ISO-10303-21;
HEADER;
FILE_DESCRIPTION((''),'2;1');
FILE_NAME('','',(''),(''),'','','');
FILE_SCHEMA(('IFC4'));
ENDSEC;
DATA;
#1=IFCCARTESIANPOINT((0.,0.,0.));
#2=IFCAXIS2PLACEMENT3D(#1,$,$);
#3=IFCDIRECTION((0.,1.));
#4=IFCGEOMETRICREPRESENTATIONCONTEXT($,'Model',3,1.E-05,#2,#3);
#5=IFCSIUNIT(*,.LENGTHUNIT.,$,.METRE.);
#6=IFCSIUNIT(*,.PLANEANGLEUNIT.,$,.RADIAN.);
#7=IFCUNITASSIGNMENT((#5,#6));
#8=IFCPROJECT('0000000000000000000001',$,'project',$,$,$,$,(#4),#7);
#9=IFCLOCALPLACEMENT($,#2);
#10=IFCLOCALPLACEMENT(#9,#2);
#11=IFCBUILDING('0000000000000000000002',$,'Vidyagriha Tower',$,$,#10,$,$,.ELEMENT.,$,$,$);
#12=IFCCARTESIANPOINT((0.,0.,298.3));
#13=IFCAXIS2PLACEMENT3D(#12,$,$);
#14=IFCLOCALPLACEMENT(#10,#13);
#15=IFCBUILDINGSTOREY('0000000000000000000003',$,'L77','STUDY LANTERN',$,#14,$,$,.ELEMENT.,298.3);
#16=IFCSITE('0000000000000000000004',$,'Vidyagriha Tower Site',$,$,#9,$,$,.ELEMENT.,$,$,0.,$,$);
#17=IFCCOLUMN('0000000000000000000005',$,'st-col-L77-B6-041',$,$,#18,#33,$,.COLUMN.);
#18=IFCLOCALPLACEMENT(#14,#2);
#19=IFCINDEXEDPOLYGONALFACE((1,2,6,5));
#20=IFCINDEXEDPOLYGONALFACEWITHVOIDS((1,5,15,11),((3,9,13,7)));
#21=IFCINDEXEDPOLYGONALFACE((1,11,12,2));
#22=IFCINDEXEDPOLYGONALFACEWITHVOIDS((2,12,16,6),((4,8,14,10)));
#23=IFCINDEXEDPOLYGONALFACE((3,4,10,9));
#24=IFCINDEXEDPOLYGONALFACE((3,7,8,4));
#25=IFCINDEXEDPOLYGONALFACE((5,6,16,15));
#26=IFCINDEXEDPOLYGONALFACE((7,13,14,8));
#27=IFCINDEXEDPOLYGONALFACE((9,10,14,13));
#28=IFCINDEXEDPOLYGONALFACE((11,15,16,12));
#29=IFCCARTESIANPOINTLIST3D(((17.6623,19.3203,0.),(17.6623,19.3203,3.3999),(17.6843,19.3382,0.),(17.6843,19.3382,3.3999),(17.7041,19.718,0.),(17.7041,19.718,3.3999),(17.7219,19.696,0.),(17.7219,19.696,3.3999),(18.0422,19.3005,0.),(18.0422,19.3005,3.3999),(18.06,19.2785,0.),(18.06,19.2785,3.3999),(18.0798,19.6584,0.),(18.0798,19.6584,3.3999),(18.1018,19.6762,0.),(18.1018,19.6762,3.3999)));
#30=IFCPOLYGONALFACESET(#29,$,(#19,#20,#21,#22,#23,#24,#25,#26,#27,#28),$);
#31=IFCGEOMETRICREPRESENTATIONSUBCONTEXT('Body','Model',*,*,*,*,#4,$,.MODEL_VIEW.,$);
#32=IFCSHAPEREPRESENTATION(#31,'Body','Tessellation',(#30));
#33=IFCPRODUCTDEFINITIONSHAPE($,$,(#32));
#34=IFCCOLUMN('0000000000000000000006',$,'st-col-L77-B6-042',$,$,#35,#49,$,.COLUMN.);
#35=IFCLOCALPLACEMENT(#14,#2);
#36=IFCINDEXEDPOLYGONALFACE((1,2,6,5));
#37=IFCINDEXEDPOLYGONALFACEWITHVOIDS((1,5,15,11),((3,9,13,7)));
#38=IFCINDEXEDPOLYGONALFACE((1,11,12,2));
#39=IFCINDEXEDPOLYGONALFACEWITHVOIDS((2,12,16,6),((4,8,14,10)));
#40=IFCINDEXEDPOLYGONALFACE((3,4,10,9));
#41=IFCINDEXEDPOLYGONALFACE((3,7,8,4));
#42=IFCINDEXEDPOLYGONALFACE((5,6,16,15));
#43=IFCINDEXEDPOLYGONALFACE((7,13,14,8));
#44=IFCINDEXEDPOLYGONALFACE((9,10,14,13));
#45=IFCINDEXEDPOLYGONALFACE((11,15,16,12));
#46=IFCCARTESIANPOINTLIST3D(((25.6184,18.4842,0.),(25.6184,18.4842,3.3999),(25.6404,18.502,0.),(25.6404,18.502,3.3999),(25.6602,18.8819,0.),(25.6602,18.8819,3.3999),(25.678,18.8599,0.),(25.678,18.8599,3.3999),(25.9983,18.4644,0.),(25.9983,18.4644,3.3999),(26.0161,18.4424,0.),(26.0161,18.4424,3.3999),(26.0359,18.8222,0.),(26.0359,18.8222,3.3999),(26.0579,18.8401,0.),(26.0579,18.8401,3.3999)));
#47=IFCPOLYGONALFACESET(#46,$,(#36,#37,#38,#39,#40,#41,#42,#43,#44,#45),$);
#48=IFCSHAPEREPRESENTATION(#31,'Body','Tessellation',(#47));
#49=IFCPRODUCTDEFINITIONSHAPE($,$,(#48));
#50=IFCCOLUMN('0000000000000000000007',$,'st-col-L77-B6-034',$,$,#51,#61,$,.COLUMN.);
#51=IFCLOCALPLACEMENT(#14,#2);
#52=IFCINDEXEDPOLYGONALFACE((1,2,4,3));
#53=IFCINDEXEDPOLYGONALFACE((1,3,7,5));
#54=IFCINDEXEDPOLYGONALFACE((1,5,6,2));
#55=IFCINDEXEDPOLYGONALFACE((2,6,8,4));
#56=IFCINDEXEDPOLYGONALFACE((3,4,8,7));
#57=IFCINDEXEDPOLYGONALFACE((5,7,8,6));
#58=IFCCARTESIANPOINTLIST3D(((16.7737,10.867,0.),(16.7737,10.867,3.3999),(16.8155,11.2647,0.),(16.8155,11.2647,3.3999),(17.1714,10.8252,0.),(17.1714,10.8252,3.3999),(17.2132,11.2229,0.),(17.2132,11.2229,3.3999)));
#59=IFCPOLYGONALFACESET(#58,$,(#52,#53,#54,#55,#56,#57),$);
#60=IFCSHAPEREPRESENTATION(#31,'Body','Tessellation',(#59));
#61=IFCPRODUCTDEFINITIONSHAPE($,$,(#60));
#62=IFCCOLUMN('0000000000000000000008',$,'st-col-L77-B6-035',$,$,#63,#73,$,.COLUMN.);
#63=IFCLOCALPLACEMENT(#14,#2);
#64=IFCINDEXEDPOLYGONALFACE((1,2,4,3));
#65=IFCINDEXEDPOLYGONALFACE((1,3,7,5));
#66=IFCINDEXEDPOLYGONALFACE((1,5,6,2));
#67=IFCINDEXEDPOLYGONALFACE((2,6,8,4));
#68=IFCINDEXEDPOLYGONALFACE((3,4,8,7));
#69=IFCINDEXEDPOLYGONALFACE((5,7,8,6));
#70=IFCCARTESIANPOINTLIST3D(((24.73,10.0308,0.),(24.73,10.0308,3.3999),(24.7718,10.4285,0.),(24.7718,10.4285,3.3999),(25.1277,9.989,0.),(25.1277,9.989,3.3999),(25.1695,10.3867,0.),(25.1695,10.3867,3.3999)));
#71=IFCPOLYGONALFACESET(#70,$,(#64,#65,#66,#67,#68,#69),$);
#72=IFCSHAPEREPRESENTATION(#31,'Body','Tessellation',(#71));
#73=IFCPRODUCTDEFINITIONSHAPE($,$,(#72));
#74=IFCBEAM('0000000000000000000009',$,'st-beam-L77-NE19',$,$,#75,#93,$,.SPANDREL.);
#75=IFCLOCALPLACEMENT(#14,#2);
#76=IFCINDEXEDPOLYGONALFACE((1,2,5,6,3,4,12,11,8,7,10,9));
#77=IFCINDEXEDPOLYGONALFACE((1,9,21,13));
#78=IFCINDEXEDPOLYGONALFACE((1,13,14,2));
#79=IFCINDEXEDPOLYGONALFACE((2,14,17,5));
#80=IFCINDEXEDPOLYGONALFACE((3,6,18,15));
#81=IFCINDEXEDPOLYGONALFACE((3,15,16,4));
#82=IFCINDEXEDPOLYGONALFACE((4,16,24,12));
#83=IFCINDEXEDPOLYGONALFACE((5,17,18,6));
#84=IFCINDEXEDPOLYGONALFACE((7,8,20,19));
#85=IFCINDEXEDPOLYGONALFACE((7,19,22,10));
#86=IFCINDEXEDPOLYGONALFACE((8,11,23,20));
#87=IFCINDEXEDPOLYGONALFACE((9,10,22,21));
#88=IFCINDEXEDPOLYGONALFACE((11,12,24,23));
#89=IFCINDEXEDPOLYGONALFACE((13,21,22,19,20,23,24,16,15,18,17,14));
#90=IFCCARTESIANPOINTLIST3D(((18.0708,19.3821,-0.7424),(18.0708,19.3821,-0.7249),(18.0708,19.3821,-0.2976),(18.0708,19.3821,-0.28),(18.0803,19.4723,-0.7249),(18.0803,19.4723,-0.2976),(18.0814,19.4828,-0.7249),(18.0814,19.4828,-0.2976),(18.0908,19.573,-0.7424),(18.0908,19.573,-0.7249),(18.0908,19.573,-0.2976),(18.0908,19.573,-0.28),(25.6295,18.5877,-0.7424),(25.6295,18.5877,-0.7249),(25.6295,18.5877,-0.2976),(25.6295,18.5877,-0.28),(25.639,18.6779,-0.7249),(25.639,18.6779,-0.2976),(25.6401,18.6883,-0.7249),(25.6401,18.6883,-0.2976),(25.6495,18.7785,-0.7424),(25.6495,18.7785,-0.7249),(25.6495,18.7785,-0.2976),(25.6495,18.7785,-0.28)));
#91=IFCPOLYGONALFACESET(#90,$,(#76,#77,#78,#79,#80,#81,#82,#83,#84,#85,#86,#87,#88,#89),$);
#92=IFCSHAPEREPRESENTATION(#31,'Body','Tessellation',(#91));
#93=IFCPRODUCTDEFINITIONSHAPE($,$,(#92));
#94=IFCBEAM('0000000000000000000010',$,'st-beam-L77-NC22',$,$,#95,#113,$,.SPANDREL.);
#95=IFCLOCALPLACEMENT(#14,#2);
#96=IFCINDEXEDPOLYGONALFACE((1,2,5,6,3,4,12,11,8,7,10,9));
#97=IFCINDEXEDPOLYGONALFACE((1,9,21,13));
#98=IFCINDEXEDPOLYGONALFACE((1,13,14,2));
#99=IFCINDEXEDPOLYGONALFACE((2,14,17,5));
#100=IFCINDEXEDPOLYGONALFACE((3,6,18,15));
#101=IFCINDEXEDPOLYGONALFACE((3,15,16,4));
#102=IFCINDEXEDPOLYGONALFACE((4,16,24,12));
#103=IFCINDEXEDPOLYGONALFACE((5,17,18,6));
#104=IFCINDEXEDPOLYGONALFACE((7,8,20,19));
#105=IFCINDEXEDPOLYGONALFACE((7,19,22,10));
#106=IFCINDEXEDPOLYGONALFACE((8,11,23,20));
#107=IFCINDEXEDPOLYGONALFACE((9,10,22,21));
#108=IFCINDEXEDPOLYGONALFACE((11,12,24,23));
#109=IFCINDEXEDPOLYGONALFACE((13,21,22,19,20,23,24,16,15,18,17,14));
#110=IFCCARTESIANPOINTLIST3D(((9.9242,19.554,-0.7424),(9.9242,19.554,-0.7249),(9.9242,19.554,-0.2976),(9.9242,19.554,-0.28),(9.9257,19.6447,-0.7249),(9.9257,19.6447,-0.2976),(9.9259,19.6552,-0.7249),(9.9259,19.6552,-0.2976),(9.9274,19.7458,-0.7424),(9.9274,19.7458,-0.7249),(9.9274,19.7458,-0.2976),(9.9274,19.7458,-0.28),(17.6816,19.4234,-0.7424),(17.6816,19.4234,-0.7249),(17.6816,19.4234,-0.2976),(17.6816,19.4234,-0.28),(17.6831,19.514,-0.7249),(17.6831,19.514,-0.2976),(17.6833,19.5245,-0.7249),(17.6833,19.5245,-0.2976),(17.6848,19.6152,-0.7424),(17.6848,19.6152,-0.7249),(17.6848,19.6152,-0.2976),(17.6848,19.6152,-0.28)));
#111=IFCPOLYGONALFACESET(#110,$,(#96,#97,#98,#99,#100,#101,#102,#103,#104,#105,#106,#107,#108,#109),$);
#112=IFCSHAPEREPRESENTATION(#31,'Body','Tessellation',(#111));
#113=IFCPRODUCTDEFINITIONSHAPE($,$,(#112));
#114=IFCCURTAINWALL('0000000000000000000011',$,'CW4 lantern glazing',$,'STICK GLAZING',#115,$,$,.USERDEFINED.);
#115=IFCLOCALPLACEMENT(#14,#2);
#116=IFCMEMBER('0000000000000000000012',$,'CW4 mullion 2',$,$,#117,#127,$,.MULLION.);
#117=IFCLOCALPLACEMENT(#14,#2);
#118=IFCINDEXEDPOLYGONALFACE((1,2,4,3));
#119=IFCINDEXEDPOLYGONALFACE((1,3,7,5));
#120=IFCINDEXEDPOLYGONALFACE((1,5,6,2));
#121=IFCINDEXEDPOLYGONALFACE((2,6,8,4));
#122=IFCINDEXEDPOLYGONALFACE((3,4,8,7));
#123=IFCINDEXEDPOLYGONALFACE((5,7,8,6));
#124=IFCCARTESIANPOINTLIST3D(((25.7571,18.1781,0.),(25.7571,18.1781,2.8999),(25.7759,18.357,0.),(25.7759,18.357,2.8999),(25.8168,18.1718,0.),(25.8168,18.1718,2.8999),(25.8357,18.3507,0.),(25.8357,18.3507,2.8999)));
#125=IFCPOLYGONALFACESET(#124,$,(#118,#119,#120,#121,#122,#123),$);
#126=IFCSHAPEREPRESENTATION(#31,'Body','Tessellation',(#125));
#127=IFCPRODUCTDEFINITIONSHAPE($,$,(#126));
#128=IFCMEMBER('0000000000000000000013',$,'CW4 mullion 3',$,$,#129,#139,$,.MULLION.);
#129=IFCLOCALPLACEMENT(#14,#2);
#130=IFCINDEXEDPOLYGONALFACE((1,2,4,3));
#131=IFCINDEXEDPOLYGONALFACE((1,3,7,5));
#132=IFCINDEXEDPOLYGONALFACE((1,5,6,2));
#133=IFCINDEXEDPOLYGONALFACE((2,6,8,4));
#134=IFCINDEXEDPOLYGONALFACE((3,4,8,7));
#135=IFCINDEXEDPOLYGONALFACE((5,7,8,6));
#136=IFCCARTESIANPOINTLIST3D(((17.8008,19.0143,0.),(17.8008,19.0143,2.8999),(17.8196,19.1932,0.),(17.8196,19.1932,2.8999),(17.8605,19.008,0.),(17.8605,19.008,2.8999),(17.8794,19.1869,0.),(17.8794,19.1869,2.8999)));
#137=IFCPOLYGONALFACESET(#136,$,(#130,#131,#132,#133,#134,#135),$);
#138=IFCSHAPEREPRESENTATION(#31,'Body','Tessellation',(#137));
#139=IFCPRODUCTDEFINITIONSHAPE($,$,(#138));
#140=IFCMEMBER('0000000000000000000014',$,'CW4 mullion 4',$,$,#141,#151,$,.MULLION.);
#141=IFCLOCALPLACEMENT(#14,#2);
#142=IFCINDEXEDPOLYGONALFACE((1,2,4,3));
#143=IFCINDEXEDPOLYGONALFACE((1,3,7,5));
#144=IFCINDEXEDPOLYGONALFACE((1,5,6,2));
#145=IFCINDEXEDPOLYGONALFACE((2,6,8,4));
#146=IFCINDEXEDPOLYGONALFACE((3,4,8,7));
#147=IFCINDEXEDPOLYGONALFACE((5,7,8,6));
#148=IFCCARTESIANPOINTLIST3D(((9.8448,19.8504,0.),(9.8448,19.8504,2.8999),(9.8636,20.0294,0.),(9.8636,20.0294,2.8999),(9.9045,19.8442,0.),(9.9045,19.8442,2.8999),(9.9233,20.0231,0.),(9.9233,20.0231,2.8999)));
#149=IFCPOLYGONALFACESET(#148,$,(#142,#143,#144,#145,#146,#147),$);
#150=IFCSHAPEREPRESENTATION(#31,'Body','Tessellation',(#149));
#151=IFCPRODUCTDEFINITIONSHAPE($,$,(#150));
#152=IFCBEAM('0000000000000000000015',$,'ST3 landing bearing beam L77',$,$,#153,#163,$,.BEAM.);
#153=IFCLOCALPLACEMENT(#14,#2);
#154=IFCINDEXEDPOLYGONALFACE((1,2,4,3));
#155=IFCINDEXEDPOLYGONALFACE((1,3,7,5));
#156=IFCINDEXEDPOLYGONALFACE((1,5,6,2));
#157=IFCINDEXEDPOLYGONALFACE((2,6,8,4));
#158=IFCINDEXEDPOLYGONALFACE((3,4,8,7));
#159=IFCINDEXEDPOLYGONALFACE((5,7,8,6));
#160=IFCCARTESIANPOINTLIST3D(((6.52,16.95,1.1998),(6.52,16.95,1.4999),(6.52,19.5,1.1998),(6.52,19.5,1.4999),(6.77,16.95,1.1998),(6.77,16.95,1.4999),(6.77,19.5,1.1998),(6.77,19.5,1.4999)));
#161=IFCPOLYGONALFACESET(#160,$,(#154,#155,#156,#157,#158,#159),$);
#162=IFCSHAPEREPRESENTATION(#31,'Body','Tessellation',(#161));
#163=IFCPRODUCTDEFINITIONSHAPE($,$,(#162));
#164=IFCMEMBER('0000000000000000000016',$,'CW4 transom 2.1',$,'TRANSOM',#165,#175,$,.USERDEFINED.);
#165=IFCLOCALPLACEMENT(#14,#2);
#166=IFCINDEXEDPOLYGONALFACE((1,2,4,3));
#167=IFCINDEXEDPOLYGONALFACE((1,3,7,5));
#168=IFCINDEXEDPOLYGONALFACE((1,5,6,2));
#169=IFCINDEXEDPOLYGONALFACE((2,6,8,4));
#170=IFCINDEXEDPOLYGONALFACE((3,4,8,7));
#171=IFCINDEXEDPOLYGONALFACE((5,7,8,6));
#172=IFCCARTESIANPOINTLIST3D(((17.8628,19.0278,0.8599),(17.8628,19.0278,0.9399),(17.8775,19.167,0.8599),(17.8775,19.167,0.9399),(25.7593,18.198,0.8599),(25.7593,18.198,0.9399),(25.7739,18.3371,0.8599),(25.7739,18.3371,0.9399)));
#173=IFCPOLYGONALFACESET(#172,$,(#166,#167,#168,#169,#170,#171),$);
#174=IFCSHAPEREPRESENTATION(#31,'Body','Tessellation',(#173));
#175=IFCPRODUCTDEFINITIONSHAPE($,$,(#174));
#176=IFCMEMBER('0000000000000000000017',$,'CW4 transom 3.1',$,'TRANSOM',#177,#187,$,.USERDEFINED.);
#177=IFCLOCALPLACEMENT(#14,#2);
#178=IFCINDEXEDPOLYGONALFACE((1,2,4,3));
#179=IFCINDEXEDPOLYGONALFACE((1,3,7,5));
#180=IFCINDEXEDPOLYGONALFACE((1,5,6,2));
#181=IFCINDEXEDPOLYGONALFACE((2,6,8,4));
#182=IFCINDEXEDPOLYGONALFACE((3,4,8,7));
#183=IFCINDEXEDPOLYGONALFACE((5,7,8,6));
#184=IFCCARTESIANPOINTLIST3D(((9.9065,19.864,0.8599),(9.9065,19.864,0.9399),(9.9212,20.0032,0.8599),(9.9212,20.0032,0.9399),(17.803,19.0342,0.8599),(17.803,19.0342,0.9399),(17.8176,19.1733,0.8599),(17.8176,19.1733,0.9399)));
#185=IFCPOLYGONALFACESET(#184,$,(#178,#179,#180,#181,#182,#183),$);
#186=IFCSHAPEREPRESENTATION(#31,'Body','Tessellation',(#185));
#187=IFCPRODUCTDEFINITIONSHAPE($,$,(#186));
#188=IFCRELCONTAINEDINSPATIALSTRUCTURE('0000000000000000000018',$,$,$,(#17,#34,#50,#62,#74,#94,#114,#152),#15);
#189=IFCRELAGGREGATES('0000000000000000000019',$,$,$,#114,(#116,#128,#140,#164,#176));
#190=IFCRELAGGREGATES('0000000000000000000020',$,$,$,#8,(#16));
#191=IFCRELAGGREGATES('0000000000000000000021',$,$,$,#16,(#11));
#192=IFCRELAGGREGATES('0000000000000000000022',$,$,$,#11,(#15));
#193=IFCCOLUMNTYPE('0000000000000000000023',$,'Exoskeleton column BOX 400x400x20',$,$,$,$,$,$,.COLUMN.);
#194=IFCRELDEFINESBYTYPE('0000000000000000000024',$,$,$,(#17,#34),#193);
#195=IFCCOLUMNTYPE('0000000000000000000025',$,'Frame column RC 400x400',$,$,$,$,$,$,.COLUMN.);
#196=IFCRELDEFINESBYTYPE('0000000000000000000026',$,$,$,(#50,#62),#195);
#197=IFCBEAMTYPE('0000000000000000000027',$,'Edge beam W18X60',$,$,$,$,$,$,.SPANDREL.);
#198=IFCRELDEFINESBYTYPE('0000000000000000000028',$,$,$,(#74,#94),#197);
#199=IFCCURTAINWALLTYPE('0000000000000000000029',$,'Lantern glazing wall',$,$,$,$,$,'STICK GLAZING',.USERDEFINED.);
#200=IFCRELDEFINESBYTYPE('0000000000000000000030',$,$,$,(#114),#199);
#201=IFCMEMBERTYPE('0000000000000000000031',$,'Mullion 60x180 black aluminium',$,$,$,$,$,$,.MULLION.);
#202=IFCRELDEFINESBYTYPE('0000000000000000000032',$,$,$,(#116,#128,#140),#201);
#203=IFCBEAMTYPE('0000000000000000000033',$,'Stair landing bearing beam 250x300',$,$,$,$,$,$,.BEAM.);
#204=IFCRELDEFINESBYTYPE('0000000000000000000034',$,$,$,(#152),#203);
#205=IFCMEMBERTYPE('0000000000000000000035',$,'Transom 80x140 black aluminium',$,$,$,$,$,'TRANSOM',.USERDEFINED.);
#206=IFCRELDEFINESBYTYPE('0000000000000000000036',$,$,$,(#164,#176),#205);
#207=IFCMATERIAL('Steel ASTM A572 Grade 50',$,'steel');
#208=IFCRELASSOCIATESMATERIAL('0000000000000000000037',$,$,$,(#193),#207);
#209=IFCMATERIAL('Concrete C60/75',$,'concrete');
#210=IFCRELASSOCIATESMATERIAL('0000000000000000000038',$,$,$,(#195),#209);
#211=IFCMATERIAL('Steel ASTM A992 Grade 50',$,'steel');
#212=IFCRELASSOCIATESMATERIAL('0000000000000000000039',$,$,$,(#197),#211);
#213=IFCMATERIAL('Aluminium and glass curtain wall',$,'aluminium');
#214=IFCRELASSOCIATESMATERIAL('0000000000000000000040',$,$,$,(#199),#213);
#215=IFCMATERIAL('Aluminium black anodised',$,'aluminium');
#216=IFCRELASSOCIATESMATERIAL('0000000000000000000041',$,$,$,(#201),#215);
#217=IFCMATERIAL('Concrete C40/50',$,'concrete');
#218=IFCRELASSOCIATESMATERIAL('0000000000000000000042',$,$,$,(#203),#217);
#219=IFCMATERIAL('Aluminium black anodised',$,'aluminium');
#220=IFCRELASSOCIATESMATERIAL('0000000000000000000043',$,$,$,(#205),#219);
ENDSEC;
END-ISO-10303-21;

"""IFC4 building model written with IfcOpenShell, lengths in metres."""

from ifc_helpers import new_model, si_unit, direction, frame, origin, origin_2d, place, context, subcontext, project, spatial, rectangle, hollow_rectangle, i_section, extrude, material, material_profile, profile_set, type_object, element, aggregate, save


model = new_model("IFC4")

# Units and contexts
model_context = context("Model", 3, precision=1e-05, world=origin(), true_north=direction((0.0, 1.0)))
body_context = subcontext(model_context, "Body", "Model", "MODEL_VIEW")
ifc_project = project(units=[si_unit("LENGTHUNIT", "METRE"), si_unit("PLANEANGLEUNIT", "RADIAN")], contexts=[model_context])

# Site, building, storey
site_placement = place(None, origin())
site = spatial("IfcSite", under=ifc_project, at=site_placement, Name="Vidyagriha Tower Site", CompositionType="ELEMENT", RefElevation=0.0)
building_placement = place(site_placement, origin())
building = spatial("IfcBuilding", under=site, at=building_placement, Name="Vidyagriha Tower", CompositionType="ELEMENT")
storey_placement = place(building_placement, frame((0.0, 0.0, 298.3)))
storey = spatial("IfcBuildingStorey", under=building, at=storey_placement, Name="L77", Description="STUDY LANTERN", CompositionType="ELEMENT", Elevation=298.3)

# Columns
ifc_material_1 = material(Name="Steel ASTM A572 Grade 50", Category="steel")
ifc_material_profile_1 = material_profile(ifc_material_1, hollow_rectangle(XDim=0.3999, YDim=0.3999, WallThickness=0.02, at=origin_2d()), Name="BOX 400x400x20")
ifc_profile_set_1 = profile_set([ifc_material_profile_1], Name="Steel ASTM A572 Grade 50")
column_type_1 = type_object("IfcColumnType", Name="Exoskeleton column BOX 400x400x20", PredefinedType="COLUMN", material=ifc_profile_set_1)
for number, where, z_axis, x_axis, name in (
    (1, (17.8821, 19.4983, 0.0), (0.0, 0.0, 1.0), (0.994522, -0.104528, 0.0), "st-col-L77-B6-041"),
    (2, (25.8381, 18.6621, 0.0), (0.0, 0.0, 1.0), (0.994522, -0.104528, 0.0), "st-col-L77-B6-042"),
):
    element("IfcColumn", number, at=place(storey_placement, frame(where, z_axis=z_axis, x_axis=x_axis)), inside=storey, type_object=column_type_1, Name=name, PredefinedType="COLUMN", context=body_context, shape_type="SweptSolid", body=[
        extrude(hollow_rectangle(XDim=0.3999, YDim=0.3999, WallThickness=0.02, at=origin_2d()), origin(), (0.0, 0.0, 1.0), 3.3999),
    ])
ifc_material_2 = material(Name="Concrete C60/75", Category="concrete")
ifc_material_profile_2 = material_profile(ifc_material_2, rectangle(XDim=0.3999, YDim=0.3999, at=origin_2d()), Name="RC 400x400")
ifc_profile_set_2 = profile_set([ifc_material_profile_2], Name="Concrete C60/75")
column_type_2 = type_object("IfcColumnType", Name="Frame column RC 400x400", PredefinedType="COLUMN", material=ifc_profile_set_2)
for number, where, z_axis, x_axis, name in (
    (3, (16.9934, 11.0449, 0.0), (0.0, 0.0, 1.0), (0.994522, -0.104528, 0.0), "st-col-L77-B6-034"),
    (4, (24.9497, 10.2087, 0.0), (0.0, 0.0, 1.0), (0.994522, -0.104528, 0.0), "st-col-L77-B6-035"),
):
    element("IfcColumn", number, at=place(storey_placement, frame(where, z_axis=z_axis, x_axis=x_axis)), inside=storey, type_object=column_type_2, Name=name, PredefinedType="COLUMN", context=body_context, shape_type="SweptSolid", body=[
        extrude(rectangle(XDim=0.3999, YDim=0.3999, at=origin_2d()), origin(), (0.0, 0.0, 1.0), 3.3999),
    ])

# Beams
ifc_material_3 = material(Name="Steel ASTM A992 Grade 50", Category="steel")
ifc_material_profile_3 = material_profile(ifc_material_3, i_section(OverallWidth=0.1919, OverallDepth=0.4624, WebThickness=0.0105, FlangeThickness=0.0176, at=origin_2d()), Name="W18X60")
ifc_profile_set_3 = profile_set([ifc_material_profile_3], Name="Steel ASTM A992 Grade 50")
beam_type_1 = type_object("IfcBeamType", Name="Edge beam W18X60", PredefinedType="SPANDREL", material=ifc_profile_set_3)
beam_1_placement = place(storey_placement, frame((18.0808, 19.4775, -0.5112), z_axis=(0.994522, -0.104528, 0.0), x_axis=(0.104528, 0.994522, 0.0)))
element("IfcBeam", 5, at=beam_1_placement, inside=storey, type_object=beam_type_1, Name="st-beam-L77-NE19", PredefinedType="SPANDREL", context=body_context, shape_type="SweptSolid", body=[
    extrude(i_section(OverallWidth=0.1919, OverallDepth=0.4624, WebThickness=0.0105, FlangeThickness=0.0176, at=origin_2d()), origin(), (0.0, 0.0, 1.0), 7.6003),
])
beam_2_placement = place(storey_placement, frame((9.9258, 19.6499, -0.5112), z_axis=(0.999858, -0.016835, 0.0), x_axis=(0.016835, 0.999858, 0.0)))
element("IfcBeam", 6, at=beam_2_placement, inside=storey, type_object=beam_type_1, Name="st-beam-L77-NC22", PredefinedType="SPANDREL", context=body_context, shape_type="SweptSolid", body=[
    extrude(i_section(OverallWidth=0.1919, OverallDepth=0.4624, WebThickness=0.0105, FlangeThickness=0.0176, at=origin_2d()), origin(), (0.0, 0.0, 1.0), 7.7585),
])

# Curtain wall, members
ifc_material_4 = material(Name="Aluminium and glass curtain wall", Category="aluminium")
curtain_wall_type = type_object("IfcCurtainWallType", Name="Lantern glazing wall", ElementType="STICK GLAZING", PredefinedType="USERDEFINED", material=ifc_material_4)
curtain_wall_placement = place(storey_placement, origin())
curtain_wall = element("IfcCurtainWall", 7, at=curtain_wall_placement, inside=storey, type_object=curtain_wall_type, Name="CW4 lantern glazing", ObjectType="STICK GLAZING", PredefinedType="USERDEFINED")
ifc_material_5 = material(Name="Aluminium black anodised", Category="aluminium")
ifc_material_profile_4 = material_profile(ifc_material_5, rectangle(XDim=0.1799, YDim=0.0601, at=origin_2d()), Name="Mullion 60x180 black aluminium")
ifc_profile_set_4 = profile_set([ifc_material_profile_4], Name="Aluminium black anodised")
member_type_1 = type_object("IfcMemberType", Name="Mullion 60x180 black aluminium", PredefinedType="MULLION", material=ifc_profile_set_4)
member_1_placement = place(storey_placement, frame((25.7964, 18.2644, 0.0), z_axis=(0.0, 0.0, 1.0), x_axis=(-0.104528, -0.994522, 0.0)))
member_1 = element("IfcMember", 8, at=member_1_placement, type_object=member_type_1, Name="CW4 mullion 2", PredefinedType="MULLION", context=body_context, shape_type="SweptSolid", body=[
    extrude(rectangle(XDim=0.1799, YDim=0.0601, at=origin_2d()), origin(), (0.0, 0.0, 1.0), 2.8999),
])
member_2_placement = place(storey_placement, frame((17.8401, 19.1006, 0.0), z_axis=(0.0, 0.0, 1.0), x_axis=(-0.104528, -0.994522, 0.0)))
member_2 = element("IfcMember", 9, at=member_2_placement, type_object=member_type_1, Name="CW4 mullion 3", PredefinedType="MULLION", context=body_context, shape_type="SweptSolid", body=[
    extrude(rectangle(XDim=0.1799, YDim=0.0601, at=origin_2d()), origin(), (0.0, 0.0, 1.0), 2.8999),
])
member_3_placement = place(storey_placement, frame((9.884, 19.9368, 0.0), z_axis=(0.0, 0.0, 1.0), x_axis=(-0.104528, -0.994522, 0.0)))
member_3 = element("IfcMember", 10, at=member_3_placement, type_object=member_type_1, Name="CW4 mullion 4", PredefinedType="MULLION", context=body_context, shape_type="SweptSolid", body=[
    extrude(rectangle(XDim=0.1799, YDim=0.0601, at=origin_2d()), origin(), (0.0, 0.0, 1.0), 2.8999),
])

# Beam
ifc_material_6 = material(Name="Concrete C40/50", Category="concrete")
ifc_material_profile_5 = material_profile(ifc_material_6, rectangle(XDim=0.25, YDim=0.3, at=origin_2d()), Name="Stair landing bearing beam 250x300")
ifc_profile_set_5 = profile_set([ifc_material_profile_5], Name="Concrete C40/50")
beam_type_2 = type_object("IfcBeamType", Name="Stair landing bearing beam 250x300", PredefinedType="BEAM", material=ifc_profile_set_5)
beam_3_placement = place(storey_placement, frame((6.645, 16.95, 1.3499), z_axis=(0.0, 1.0, 0.0), x_axis=(-1.0, 0.0, 0.0)))
element("IfcBeam", 11, at=beam_3_placement, inside=storey, type_object=beam_type_2, Name="ST3 landing bearing beam L77", PredefinedType="BEAM", context=body_context, shape_type="SweptSolid", body=[
    extrude(rectangle(XDim=0.25, YDim=0.3, at=origin_2d()), origin(), (0.0, 0.0, 1.0), 2.55),
])

# Members
ifc_material_7 = material(Name="Aluminium black anodised", Category="aluminium")
ifc_material_profile_6 = material_profile(ifc_material_7, rectangle(XDim=0.1399, YDim=0.0801, at=origin_2d()), Name="Transom 80x140 black aluminium")
ifc_profile_set_6 = profile_set([ifc_material_profile_6], Name="Aluminium black anodised")
member_type_2 = type_object("IfcMemberType", Name="Transom 80x140 black aluminium", ElementType="TRANSOM", PredefinedType="USERDEFINED", material=ifc_profile_set_6)
member_4_placement = place(storey_placement, frame((25.7666, 18.2676, 0.8999), z_axis=(-0.994523, 0.104514, 0.0), x_axis=(-0.104514, -0.994523, 0.0)))
member_4 = element("IfcMember", 12, at=member_4_placement, type_object=member_type_2, Name="CW4 transom 2.1", ObjectType="TRANSOM", PredefinedType="USERDEFINED", context=body_context, shape_type="SweptSolid", body=[
    extrude(rectangle(XDim=0.1399, YDim=0.0801, at=origin_2d()), origin(), (0.0, 0.0, 1.0), 7.9399),
])
member_5_placement = place(storey_placement, frame((17.8103, 19.1038, 0.8999), z_axis=(-0.994523, 0.104514, 0.0), x_axis=(-0.104514, -0.994523, 0.0)))
member_5 = element("IfcMember", 13, at=member_5_placement, type_object=member_type_2, Name="CW4 transom 3.1", ObjectType="TRANSOM", PredefinedType="USERDEFINED", context=body_context, shape_type="SweptSolid", body=[
    extrude(rectangle(XDim=0.1399, YDim=0.0801, at=origin_2d()), origin(), (0.0, 0.0, 1.0), 7.9399),
])

aggregate(curtain_wall, [member_1, member_2, member_3, member_4, member_5])

save(model, "model.ifc")
